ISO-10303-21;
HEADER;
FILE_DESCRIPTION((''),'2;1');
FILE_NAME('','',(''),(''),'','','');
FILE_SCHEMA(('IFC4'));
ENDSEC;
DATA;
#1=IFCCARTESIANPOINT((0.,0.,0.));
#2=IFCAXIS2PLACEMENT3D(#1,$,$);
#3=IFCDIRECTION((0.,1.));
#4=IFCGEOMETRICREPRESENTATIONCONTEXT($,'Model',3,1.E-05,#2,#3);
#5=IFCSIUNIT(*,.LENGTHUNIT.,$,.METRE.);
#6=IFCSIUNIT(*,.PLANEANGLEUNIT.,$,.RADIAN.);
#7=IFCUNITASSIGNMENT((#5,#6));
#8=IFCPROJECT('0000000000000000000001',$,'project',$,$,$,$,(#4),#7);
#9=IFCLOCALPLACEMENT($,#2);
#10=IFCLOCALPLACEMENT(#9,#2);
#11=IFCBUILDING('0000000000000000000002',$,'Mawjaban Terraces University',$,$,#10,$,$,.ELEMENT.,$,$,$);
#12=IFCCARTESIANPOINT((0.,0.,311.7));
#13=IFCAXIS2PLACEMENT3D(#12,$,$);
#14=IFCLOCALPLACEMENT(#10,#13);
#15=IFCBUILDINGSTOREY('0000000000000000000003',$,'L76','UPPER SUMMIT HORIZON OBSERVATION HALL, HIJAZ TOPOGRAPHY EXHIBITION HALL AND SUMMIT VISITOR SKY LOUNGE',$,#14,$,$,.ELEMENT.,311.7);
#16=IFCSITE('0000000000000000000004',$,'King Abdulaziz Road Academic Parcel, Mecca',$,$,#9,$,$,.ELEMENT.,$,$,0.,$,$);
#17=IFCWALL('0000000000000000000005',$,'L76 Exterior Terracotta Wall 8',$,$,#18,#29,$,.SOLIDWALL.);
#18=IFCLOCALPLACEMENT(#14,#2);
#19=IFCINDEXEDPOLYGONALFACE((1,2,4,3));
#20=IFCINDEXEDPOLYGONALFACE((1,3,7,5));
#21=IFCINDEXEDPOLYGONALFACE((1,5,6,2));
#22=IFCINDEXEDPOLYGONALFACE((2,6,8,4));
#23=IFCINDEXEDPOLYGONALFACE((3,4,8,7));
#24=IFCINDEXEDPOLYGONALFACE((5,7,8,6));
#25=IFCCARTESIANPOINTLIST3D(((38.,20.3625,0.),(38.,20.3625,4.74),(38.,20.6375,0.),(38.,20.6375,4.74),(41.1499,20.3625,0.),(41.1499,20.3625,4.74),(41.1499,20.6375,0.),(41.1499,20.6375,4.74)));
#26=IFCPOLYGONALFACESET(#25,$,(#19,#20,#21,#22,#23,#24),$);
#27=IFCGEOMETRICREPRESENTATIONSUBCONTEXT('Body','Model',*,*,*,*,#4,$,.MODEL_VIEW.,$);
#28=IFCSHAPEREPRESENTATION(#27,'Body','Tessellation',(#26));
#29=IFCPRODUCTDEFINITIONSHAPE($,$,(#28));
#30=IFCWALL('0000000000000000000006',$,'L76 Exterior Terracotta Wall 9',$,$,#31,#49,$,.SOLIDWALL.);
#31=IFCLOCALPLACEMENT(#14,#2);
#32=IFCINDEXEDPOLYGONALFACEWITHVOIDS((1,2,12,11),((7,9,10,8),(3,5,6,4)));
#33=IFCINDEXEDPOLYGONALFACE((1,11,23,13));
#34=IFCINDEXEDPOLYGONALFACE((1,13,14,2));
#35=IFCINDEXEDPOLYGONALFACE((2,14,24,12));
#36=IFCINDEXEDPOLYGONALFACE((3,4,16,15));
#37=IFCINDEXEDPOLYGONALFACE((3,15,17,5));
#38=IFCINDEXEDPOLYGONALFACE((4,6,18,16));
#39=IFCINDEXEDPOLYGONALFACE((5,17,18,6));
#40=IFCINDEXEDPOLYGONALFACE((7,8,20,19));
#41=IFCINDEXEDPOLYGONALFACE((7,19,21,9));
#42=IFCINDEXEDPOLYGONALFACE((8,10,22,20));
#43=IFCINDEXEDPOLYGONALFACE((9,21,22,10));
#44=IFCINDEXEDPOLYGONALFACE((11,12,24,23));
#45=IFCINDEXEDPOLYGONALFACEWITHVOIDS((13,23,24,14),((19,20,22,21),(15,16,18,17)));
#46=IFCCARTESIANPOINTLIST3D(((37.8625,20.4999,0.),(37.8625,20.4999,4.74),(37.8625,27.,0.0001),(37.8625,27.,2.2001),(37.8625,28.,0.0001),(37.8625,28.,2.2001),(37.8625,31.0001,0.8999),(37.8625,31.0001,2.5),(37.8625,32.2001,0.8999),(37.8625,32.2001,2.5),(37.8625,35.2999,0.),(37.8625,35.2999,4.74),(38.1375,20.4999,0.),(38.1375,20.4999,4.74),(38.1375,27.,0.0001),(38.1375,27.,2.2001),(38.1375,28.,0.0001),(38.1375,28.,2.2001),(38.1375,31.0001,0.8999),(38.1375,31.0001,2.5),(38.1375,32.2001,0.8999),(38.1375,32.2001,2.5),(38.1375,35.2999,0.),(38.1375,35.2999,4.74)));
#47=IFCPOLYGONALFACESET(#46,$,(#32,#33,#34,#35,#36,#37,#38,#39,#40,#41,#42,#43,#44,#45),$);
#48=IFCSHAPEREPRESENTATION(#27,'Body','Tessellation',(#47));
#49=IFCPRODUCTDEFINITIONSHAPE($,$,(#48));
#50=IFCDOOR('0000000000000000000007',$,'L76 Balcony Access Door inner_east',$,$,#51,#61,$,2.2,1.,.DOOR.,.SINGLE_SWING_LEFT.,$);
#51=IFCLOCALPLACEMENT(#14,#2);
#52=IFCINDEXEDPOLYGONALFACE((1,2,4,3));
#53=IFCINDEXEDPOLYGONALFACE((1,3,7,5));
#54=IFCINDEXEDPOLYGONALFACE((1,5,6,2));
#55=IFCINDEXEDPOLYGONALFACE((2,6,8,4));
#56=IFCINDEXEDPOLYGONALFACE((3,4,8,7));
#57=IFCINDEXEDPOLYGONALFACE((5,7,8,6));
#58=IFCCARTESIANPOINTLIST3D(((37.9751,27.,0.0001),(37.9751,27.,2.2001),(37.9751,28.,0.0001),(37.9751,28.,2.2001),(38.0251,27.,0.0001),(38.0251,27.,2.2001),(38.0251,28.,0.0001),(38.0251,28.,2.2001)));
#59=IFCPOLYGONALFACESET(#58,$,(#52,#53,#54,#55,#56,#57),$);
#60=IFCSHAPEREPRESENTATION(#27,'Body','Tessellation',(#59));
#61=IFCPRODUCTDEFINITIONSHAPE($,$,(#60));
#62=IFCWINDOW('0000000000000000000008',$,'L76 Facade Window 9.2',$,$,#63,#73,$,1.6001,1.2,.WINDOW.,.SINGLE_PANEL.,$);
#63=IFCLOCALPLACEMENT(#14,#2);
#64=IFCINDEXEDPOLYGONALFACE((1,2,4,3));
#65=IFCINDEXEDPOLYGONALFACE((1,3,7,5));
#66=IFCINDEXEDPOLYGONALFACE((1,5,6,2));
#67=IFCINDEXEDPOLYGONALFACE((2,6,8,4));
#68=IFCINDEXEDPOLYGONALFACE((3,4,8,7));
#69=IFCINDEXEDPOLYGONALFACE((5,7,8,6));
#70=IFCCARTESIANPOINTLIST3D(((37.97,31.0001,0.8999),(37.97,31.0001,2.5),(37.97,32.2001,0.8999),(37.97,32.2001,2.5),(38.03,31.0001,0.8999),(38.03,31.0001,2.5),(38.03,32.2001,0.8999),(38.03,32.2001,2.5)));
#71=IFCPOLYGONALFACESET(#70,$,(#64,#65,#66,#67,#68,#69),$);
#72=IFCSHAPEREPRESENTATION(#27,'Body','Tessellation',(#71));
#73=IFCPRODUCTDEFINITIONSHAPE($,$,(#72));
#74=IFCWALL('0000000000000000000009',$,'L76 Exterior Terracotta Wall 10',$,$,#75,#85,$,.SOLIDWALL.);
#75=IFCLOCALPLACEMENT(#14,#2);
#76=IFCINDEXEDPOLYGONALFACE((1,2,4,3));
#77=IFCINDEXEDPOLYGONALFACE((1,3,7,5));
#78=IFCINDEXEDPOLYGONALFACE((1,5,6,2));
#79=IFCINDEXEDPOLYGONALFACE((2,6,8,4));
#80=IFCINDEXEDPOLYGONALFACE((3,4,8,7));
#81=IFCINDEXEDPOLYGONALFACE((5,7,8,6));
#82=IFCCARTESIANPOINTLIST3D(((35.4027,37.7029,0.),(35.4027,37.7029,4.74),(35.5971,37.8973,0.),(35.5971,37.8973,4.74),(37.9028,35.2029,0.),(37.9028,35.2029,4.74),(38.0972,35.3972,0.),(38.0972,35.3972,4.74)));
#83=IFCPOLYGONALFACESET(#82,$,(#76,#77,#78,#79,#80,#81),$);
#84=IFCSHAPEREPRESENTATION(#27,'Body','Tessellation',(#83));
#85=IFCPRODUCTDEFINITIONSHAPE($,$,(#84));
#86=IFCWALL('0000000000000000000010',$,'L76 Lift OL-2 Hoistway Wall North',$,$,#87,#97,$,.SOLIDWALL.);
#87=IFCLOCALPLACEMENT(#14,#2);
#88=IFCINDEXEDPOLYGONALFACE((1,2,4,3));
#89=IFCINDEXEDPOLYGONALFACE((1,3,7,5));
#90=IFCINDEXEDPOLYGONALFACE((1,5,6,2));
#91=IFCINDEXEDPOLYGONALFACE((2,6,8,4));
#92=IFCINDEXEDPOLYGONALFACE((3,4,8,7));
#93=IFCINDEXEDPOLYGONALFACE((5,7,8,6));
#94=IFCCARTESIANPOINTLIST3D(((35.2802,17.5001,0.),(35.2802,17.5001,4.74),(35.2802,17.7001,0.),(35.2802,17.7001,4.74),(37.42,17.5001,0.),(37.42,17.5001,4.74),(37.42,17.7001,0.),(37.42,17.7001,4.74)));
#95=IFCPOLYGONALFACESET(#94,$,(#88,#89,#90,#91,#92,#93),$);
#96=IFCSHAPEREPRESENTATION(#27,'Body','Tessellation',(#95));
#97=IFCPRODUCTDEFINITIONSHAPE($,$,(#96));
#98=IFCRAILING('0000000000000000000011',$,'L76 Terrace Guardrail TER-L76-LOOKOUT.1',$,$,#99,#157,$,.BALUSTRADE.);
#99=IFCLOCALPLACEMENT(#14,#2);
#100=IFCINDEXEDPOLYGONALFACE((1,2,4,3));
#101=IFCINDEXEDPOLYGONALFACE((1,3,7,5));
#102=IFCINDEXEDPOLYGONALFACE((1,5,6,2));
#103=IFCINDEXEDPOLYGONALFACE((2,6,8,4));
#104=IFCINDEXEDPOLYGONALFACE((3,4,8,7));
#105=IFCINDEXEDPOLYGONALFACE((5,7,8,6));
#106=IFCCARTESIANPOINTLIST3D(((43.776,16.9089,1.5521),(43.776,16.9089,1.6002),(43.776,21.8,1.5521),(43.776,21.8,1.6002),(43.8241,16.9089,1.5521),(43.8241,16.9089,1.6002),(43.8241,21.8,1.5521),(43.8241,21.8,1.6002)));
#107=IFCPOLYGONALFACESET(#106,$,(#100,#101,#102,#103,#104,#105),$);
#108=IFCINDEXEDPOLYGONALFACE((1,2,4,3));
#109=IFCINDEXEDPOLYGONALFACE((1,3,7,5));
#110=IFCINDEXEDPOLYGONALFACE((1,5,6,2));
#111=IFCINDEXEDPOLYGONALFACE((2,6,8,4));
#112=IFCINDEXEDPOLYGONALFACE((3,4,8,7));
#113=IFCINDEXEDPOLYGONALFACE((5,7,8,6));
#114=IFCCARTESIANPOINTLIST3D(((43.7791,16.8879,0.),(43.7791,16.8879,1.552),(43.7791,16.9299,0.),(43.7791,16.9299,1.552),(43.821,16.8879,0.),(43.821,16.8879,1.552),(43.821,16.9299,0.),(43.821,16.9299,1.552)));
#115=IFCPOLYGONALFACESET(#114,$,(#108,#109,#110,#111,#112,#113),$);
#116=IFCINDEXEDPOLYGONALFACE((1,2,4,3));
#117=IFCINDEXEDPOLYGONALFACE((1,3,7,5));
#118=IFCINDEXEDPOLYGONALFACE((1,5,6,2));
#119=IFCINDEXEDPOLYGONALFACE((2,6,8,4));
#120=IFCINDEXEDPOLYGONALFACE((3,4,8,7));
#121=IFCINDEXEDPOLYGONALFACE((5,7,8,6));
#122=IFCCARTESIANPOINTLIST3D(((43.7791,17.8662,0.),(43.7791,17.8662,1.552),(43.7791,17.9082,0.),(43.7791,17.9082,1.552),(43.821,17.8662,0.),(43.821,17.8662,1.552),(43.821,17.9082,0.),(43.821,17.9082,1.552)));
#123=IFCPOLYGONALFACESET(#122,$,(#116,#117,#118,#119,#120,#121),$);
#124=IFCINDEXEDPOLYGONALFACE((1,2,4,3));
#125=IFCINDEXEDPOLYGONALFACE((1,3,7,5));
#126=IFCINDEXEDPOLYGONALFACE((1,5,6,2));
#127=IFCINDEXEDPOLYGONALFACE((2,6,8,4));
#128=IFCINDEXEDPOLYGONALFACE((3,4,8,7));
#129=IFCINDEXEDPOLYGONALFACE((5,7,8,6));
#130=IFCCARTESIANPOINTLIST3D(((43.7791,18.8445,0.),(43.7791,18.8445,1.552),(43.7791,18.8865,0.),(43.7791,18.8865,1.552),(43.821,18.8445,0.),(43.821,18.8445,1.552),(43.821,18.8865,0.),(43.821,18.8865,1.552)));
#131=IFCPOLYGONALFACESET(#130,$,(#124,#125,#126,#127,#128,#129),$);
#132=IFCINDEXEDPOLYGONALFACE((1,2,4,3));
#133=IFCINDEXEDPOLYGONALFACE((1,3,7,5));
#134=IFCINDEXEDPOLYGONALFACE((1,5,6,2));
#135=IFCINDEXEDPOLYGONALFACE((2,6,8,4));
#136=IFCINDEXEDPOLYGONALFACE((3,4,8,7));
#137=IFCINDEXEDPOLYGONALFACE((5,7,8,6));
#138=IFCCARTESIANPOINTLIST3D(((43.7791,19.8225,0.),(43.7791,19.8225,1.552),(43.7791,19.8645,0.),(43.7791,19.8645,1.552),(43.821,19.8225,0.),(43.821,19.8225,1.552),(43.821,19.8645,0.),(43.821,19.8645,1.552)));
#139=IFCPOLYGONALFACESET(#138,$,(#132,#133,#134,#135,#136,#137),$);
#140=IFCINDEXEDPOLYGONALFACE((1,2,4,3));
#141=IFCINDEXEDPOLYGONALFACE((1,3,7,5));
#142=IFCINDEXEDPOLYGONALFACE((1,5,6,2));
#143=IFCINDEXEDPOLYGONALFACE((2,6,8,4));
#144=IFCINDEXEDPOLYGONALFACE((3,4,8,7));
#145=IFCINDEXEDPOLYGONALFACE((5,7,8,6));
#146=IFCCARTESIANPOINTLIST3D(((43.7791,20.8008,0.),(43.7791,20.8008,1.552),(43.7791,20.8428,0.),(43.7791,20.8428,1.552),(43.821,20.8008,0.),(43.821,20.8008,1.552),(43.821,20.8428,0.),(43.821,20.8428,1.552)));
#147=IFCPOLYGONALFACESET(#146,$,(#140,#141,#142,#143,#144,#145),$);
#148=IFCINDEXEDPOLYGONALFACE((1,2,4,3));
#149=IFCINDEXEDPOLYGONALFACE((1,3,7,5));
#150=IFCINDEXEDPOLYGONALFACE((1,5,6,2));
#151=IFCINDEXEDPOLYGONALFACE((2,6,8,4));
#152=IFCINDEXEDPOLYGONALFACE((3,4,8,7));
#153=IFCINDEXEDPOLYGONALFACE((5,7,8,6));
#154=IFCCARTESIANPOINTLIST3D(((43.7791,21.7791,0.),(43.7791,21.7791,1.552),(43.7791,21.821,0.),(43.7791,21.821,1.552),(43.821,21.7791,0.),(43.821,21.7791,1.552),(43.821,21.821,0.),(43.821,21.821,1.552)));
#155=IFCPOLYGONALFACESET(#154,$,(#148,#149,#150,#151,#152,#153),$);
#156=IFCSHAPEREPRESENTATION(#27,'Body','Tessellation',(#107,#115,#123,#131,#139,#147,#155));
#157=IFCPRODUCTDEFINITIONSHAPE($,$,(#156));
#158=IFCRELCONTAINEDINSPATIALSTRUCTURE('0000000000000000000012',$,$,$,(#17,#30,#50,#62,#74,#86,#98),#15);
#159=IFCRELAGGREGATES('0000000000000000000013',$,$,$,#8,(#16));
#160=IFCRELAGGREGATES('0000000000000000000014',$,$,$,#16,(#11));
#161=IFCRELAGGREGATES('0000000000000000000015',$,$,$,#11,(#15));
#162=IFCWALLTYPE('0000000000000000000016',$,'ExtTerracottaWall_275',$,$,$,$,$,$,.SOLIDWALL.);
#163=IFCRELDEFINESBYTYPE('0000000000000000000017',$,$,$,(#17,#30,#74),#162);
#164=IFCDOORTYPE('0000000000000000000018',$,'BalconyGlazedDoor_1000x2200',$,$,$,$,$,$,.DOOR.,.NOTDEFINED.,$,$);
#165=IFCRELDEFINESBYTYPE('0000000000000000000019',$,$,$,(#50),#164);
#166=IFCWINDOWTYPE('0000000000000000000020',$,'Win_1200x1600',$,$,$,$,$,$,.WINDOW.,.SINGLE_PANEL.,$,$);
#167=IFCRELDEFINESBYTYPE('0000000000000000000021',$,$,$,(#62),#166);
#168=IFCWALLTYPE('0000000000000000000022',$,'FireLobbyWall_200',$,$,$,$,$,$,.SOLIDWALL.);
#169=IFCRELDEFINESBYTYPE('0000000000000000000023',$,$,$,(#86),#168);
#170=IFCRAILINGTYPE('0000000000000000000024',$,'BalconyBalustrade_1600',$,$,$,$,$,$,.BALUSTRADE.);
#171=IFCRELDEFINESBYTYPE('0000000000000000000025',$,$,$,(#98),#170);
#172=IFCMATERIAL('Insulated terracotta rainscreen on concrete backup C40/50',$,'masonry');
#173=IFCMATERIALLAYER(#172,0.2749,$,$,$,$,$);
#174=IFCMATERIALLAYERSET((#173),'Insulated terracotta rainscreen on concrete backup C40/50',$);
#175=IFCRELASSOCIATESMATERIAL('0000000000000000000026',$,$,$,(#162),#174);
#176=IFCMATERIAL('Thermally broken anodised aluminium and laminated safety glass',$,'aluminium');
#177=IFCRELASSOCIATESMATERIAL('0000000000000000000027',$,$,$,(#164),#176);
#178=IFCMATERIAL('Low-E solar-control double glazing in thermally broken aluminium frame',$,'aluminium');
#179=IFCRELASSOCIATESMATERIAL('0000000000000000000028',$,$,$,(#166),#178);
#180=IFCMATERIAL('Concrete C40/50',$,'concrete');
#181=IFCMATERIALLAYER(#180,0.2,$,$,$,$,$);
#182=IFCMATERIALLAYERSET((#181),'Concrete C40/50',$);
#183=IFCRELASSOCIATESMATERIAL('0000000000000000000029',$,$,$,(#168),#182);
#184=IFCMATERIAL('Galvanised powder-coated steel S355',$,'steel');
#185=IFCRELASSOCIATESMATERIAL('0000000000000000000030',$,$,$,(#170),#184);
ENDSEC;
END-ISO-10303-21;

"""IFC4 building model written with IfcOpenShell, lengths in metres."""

from ifc_helpers import new_model, si_unit, direction, frame, frame_2d, origin, origin_2d, place, context, subcontext, project, spatial, rectangle, extrude, material, layer, layer_set, type_object, element, fill, save


model = new_model("IFC4")

# Units and contexts
model_context = context("Model", 3, precision=1e-05, world=origin(), true_north=direction((0.0, 1.0)))
body_context = subcontext(model_context, "Body", "Model", "MODEL_VIEW")
ifc_project = project(units=[si_unit("LENGTHUNIT", "METRE"), si_unit("PLANEANGLEUNIT", "RADIAN")], contexts=[model_context])

# Site, building, storey
site_placement = place(None, origin())
site = spatial("IfcSite", under=ifc_project, at=site_placement, Name="King Abdulaziz Road Academic Parcel, Mecca", CompositionType="ELEMENT", RefElevation=0.0)
building_placement = place(site_placement, origin())
building = spatial("IfcBuilding", under=site, at=building_placement, Name="Mawjaban Terraces University", CompositionType="ELEMENT")
storey_placement = place(building_placement, frame((0.0, 0.0, 311.7)))
storey = spatial("IfcBuildingStorey", under=building, at=storey_placement, Name="L76", Description="UPPER SUMMIT HORIZON OBSERVATION HALL, HIJAZ TOPOGRAPHY EXHIBITION HALL AND SUMMIT VISITOR SKY LOUNGE", CompositionType="ELEMENT", Elevation=311.7)

# Wall
ifc_material_1 = material(Name="Insulated terracotta rainscreen on concrete backup C40/50", Category="masonry")
ifc_layer_1 = layer(ifc_material_1, 0.2749)
ifc_layer_set_1 = layer_set([ifc_layer_1], Name="Insulated terracotta rainscreen on concrete backup C40/50")
wall_type_1 = type_object("IfcWallType", Name="ExtTerracottaWall_275", PredefinedType="SOLIDWALL", material=ifc_layer_set_1)
wall_1_placement = place(storey_placement, frame((41.1499, 20.5, 0.0), z_axis=(0.0, 0.0, 1.0), x_axis=(-1.0, 0.0, 0.0)))
element("IfcWall", 1, at=wall_1_placement, inside=storey, type_object=wall_type_1, Name="L76 Exterior Terracotta Wall 8", PredefinedType="SOLIDWALL", context=body_context, shape_type="SweptSolid", body=[
    extrude(rectangle(XDim=3.1499, YDim=0.2749, at=frame_2d((1.575, 0.0))), origin(), (0.0, 0.0, 1.0), 4.74),
])

# Wall, openings, door, window
wall_2_placement = place(storey_placement, frame((38.0, 20.5, 0.0), z_axis=(0.0, 0.0, 1.0), x_axis=(0.0, 1.0, 0.0)))
wall_2 = element("IfcWall", 2, at=wall_2_placement, inside=storey, type_object=wall_type_1, Name="L76 Exterior Terracotta Wall 9", PredefinedType="SOLIDWALL", context=body_context, shape_type="SweptSolid", body=[
    extrude(rectangle(XDim=14.8, YDim=0.2749, at=frame_2d((7.3999, 0.0))), origin(), (0.0, 0.0, 1.0), 4.74),
])
opening_1_placement = place(wall_2_placement, frame((6.5, 0.0, 0.0)))
opening_1 = element("IfcOpeningElement", 3, at=opening_1_placement, cuts=wall_2, PredefinedType="OPENING", context=body_context, shape_type="SweptSolid", body=[
    extrude(rectangle(XDim=1.0, YDim=2.2, at=frame_2d((0.5, 1.1001))), frame((0.0, 0.1475, 0.0), z_axis=(0.0, -1.0, 0.0), x_axis=(1.0, 0.0, 0.0)), (0.0, 0.0, 1.0), 0.2949),
])
opening_2_placement = place(wall_2_placement, frame((10.5, 0.0, 0.8999)))
opening_2 = element("IfcOpeningElement", 4, at=opening_2_placement, cuts=wall_2, PredefinedType="OPENING", context=body_context, shape_type="SweptSolid", body=[
    extrude(rectangle(XDim=1.2, YDim=1.6001, at=frame_2d((0.6001, 0.8))), frame((0.0, 0.1475, 0.0), z_axis=(0.0, -1.0, 0.0), x_axis=(1.0, 0.0, 0.0)), (0.0, 0.0, 1.0), 0.2949),
])
ifc_material_2 = material(Name="Thermally broken anodised aluminium and laminated safety glass", Category="aluminium")
door_type = type_object("IfcDoorType", Name="BalconyGlazedDoor_1000x2200", OperationType="NOTDEFINED", PredefinedType="DOOR", material=ifc_material_2)
door_placement = place(opening_1_placement, origin())
door = element("IfcDoor", 5, at=door_placement, inside=storey, type_object=door_type, Name="L76 Balcony Access Door inner_east", OperationType="SINGLE_SWING_LEFT", OverallHeight=2.2, OverallWidth=1.0, PredefinedType="DOOR", context=body_context, shape_type="SweptSolid", body=[
    extrude(rectangle(XDim=1.0, YDim=2.2, at=frame_2d((0.5, 1.1001))), frame((0.0, 0.0249, 0.0), z_axis=(0.0, -1.0, 0.0), x_axis=(1.0, 0.0, 0.0)), (0.0, 0.0, 1.0), 0.05),
])
fill(opening_1, door)
ifc_material_3 = material(Name="Low-E solar-control double glazing in thermally broken aluminium frame", Category="aluminium")
window_type = type_object("IfcWindowType", Name="Win_1200x1600", PartitioningType="SINGLE_PANEL", PredefinedType="WINDOW", material=ifc_material_3)
window_placement = place(opening_2_placement, origin())
window = element("IfcWindow", 6, at=window_placement, inside=storey, type_object=window_type, Name="L76 Facade Window 9.2", OverallHeight=1.6001, OverallWidth=1.2, PartitioningType="SINGLE_PANEL", PredefinedType="WINDOW", context=body_context, shape_type="SweptSolid", body=[
    extrude(rectangle(XDim=1.2, YDim=1.6001, at=frame_2d((0.6001, 0.8))), frame((0.0, 0.03, 0.0), z_axis=(0.0, -1.0, 0.0), x_axis=(1.0, 0.0, 0.0)), (0.0, 0.0, 1.0), 0.0601),
])
fill(opening_2, window)

# Walls
wall_3_placement = place(storey_placement, frame((38.0, 35.3, 0.0), z_axis=(0.0, 0.0, 1.0), x_axis=(-0.707107, 0.707107, 0.0)))
element("IfcWall", 7, at=wall_3_placement, inside=storey, type_object=wall_type_1, Name="L76 Exterior Terracotta Wall 10", PredefinedType="SOLIDWALL", context=body_context, shape_type="SweptSolid", body=[
    extrude(rectangle(XDim=3.5356, YDim=0.2749, at=frame_2d((1.7678, 0.0))), origin(), (0.0, 0.0, 1.0), 4.74),
])
ifc_material_4 = material(Name="Concrete C40/50", Category="concrete")
ifc_layer_2 = layer(ifc_material_4, 0.2)
ifc_layer_set_2 = layer_set([ifc_layer_2], Name="Concrete C40/50")
wall_type_2 = type_object("IfcWallType", Name="FireLobbyWall_200", PredefinedType="SOLIDWALL", material=ifc_layer_set_2)
wall_4_placement = place(storey_placement, frame((37.4199, 17.6001, 0.0), z_axis=(0.0, 0.0, 1.0), x_axis=(-1.0, 0.0, 0.0)))
element("IfcWall", 8, at=wall_4_placement, inside=storey, type_object=wall_type_2, Name="L76 Lift OL-2 Hoistway Wall North", PredefinedType="SOLIDWALL", context=body_context, shape_type="SweptSolid", body=[
    extrude(rectangle(XDim=2.1399, YDim=0.2, at=frame_2d((1.0698, 0.0))), origin(), (0.0, 0.0, 1.0), 4.74),
])

# Railing
ifc_material_5 = material(Name="Galvanised powder-coated steel S355", Category="steel")
railing_type = type_object("IfcRailingType", Name="BalconyBalustrade_1600", PredefinedType="BALUSTRADE", material=ifc_material_5)
railing_1_placement = place(storey_placement, frame((43.8, 16.9089, 0.0)))
element("IfcRailing", 9, at=railing_1_placement, inside=storey, type_object=railing_type, Name="L76 Terrace Guardrail TER-L76-LOOKOUT.1", PredefinedType="BALUSTRADE", context=body_context, shape_type="SweptSolid", body=[
    extrude(rectangle(XDim=0.0481, YDim=0.0481, at=origin_2d()), frame((0.0, 0.0, 1.5762), z_axis=(0.0, 1.0, 0.0), x_axis=(-1.0, 0.0, 0.0)), (0.0, 0.0, 1.0), 4.8911),
    extrude(rectangle(XDim=0.042, YDim=0.042, at=origin_2d()), origin(), (0.0, 0.0, 1.0), 1.552),
    extrude(rectangle(XDim=0.042, YDim=0.042, at=origin_2d()), frame((0.0, 0.9783, 0.0)), (0.0, 0.0, 1.0), 1.552),
    extrude(rectangle(XDim=0.042, YDim=0.042, at=origin_2d()), frame((0.0, 1.9565, 0.0)), (0.0, 0.0, 1.0), 1.552),
    extrude(rectangle(XDim=0.042, YDim=0.042, at=origin_2d()), frame((0.0, 2.9346, 0.0)), (0.0, 0.0, 1.0), 1.552),
    extrude(rectangle(XDim=0.042, YDim=0.042, at=origin_2d()), frame((0.0, 3.9128, 0.0)), (0.0, 0.0, 1.0), 1.552),
    extrude(rectangle(XDim=0.042, YDim=0.042, at=origin_2d()), frame((0.0, 4.8911, 0.0)), (0.0, 0.0, 1.0), 1.552),
])

save(model, "model.ifc")
